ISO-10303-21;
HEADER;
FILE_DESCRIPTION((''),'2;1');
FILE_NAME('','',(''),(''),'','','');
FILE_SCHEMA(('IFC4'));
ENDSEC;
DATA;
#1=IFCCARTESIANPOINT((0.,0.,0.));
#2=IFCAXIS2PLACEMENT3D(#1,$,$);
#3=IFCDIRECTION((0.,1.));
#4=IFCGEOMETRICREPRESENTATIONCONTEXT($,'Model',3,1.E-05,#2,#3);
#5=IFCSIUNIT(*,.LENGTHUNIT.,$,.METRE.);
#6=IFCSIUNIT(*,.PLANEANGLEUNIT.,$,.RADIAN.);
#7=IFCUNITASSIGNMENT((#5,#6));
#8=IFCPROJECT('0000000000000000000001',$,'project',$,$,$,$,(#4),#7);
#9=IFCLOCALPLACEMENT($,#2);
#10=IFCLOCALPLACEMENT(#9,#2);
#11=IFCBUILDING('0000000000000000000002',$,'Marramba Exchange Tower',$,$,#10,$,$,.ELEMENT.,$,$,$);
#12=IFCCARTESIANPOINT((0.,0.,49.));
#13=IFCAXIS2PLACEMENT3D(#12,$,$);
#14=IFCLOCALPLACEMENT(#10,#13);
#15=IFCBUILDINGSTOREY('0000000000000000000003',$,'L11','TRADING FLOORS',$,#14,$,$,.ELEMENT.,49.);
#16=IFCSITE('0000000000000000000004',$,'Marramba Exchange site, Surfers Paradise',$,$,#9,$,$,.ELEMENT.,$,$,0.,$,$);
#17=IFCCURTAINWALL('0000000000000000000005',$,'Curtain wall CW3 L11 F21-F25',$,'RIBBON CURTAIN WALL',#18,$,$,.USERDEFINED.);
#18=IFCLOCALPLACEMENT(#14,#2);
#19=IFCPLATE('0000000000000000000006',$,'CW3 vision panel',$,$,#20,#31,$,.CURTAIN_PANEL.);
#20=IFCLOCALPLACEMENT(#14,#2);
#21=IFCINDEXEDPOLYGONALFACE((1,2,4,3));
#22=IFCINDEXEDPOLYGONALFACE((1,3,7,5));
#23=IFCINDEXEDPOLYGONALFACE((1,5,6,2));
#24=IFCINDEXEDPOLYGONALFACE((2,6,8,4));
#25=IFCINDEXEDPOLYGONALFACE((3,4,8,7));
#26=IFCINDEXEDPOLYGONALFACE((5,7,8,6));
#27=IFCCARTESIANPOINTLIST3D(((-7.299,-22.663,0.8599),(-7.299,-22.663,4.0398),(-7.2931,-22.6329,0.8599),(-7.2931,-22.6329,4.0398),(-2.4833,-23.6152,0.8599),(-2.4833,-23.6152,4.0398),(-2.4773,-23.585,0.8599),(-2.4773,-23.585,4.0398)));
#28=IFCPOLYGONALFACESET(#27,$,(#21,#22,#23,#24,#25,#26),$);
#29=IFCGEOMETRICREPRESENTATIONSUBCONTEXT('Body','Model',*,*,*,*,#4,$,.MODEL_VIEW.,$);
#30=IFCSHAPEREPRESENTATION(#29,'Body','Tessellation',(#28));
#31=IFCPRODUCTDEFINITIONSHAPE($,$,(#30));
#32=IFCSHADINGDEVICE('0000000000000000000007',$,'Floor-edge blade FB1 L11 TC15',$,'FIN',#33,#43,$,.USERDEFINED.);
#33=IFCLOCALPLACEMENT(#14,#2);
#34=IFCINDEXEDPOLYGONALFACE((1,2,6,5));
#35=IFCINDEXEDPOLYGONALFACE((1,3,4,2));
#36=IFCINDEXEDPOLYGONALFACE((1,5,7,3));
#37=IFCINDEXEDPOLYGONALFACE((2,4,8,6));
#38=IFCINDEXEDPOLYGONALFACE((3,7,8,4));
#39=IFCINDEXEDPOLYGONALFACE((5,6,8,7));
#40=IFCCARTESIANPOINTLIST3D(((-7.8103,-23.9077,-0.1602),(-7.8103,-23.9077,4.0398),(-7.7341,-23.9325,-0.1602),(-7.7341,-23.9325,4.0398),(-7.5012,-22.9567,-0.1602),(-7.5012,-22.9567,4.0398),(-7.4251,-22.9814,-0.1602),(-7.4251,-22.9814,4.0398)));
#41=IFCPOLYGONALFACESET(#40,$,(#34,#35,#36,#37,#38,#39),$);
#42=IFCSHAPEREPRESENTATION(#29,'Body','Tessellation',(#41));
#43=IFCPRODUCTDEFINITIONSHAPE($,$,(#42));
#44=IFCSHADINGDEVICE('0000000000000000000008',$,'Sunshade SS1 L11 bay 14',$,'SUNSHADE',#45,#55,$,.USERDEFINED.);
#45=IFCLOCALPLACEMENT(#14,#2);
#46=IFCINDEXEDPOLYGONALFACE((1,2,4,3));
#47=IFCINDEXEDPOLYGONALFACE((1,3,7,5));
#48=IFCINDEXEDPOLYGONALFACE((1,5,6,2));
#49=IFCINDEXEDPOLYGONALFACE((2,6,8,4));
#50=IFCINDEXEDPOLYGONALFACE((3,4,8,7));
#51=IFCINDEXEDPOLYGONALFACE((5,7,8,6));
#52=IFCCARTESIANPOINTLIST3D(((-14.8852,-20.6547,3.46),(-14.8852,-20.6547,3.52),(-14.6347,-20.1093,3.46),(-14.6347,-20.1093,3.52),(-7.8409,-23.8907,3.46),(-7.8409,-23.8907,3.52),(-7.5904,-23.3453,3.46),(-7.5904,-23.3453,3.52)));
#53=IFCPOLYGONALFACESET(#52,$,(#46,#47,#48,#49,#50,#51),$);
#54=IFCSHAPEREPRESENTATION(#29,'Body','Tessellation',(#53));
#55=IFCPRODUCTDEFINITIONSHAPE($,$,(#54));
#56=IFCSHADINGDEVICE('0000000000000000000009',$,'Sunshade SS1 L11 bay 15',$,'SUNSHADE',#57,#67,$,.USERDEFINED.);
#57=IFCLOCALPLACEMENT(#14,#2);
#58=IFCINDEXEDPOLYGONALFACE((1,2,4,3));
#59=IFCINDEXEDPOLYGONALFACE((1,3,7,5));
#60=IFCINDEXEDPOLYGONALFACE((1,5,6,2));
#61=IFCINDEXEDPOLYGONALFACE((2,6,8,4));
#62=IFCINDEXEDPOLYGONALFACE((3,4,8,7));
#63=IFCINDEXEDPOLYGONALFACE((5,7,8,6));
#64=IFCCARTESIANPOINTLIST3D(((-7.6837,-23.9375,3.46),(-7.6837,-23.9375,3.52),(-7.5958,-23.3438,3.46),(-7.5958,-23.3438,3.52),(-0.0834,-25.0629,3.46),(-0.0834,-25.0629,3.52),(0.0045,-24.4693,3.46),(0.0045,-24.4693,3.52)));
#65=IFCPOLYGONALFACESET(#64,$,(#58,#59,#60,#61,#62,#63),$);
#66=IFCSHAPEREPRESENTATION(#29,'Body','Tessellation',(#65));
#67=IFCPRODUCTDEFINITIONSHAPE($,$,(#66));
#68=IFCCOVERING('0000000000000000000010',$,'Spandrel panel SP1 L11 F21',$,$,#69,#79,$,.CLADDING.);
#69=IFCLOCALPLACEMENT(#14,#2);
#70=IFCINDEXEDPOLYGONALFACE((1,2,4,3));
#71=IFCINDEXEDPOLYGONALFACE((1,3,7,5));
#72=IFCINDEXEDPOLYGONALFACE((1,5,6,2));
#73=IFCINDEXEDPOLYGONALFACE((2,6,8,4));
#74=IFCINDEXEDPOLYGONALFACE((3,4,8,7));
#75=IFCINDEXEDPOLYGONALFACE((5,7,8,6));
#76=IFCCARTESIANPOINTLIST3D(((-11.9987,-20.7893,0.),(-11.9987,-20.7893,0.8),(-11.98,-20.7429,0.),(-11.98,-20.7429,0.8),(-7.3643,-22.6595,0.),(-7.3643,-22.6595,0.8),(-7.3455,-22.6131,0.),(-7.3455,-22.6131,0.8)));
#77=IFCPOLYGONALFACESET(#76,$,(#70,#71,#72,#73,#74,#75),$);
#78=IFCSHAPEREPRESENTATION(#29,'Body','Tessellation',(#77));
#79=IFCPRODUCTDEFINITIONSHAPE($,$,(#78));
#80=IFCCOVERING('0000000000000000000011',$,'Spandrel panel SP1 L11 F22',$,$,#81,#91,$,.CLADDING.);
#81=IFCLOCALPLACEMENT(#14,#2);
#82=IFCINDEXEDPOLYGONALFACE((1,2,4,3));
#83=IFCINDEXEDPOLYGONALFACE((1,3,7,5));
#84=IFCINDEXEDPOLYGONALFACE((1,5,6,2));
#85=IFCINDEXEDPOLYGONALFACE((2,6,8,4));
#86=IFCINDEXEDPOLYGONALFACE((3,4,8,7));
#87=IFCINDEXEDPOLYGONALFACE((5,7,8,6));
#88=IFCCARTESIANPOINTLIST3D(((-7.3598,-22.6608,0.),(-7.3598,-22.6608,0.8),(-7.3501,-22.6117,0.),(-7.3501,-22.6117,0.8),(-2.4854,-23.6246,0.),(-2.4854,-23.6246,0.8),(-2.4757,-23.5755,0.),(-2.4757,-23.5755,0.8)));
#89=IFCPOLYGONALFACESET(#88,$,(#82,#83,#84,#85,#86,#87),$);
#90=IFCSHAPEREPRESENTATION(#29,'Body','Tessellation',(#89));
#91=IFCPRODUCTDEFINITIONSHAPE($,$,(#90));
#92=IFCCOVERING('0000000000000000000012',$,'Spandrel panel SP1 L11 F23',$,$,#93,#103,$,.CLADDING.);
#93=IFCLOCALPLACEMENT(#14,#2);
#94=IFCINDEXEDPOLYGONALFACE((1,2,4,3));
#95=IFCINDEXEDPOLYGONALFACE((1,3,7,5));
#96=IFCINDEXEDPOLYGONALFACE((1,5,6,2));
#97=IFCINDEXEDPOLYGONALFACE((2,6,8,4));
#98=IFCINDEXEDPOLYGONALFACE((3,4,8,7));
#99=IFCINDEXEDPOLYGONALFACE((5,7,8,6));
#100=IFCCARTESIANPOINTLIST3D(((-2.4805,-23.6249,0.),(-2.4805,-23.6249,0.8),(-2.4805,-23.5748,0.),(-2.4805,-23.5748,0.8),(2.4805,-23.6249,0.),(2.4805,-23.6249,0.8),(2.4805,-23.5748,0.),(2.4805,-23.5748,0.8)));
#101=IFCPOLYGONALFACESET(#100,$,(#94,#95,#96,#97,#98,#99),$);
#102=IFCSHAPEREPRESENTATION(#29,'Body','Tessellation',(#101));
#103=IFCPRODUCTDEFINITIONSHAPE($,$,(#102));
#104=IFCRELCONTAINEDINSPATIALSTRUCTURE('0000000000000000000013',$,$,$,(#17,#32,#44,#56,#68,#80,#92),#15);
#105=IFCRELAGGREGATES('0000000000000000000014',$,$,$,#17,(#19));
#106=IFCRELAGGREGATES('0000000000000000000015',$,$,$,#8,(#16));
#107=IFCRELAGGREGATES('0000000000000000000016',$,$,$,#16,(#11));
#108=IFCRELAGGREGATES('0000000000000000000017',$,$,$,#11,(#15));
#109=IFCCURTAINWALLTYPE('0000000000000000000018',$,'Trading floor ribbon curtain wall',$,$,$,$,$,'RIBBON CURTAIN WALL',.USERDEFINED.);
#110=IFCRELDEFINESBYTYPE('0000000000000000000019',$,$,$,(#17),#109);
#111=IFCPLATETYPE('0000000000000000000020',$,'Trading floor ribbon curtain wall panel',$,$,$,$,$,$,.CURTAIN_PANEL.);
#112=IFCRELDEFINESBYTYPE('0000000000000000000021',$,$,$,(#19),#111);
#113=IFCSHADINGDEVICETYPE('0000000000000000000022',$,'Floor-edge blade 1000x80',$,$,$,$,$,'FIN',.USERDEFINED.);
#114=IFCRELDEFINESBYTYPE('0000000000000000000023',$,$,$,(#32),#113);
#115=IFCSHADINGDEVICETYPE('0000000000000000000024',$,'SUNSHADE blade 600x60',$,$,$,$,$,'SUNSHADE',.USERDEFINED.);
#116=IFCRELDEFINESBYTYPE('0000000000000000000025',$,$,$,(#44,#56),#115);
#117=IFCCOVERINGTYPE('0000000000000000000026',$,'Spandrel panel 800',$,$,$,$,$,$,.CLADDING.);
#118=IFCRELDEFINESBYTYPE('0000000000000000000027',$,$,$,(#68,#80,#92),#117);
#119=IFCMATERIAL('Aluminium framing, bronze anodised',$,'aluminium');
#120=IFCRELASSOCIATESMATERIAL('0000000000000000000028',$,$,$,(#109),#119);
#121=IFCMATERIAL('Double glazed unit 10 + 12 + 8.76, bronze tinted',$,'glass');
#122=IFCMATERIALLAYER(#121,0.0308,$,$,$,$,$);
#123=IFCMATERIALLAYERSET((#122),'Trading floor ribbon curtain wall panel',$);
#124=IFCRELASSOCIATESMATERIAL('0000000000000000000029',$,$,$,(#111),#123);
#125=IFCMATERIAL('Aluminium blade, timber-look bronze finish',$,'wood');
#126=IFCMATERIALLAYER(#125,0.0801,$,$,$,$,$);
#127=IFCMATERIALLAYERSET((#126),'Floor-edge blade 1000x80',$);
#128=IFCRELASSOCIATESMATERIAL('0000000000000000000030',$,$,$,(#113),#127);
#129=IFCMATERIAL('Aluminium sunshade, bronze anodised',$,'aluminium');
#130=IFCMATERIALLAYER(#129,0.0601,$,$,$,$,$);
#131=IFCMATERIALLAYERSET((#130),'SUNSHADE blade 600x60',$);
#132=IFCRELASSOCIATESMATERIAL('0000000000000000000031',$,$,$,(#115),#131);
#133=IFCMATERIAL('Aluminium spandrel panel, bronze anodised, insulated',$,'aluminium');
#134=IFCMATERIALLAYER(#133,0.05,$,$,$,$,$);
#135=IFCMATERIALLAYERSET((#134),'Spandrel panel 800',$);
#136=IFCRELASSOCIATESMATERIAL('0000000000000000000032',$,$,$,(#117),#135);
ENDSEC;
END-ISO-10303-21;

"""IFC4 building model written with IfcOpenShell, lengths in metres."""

from ifc_helpers import new_model, si_unit, direction, frame, origin, origin_2d, place, context, subcontext, project, spatial, rectangle, extrude, material, layer, layer_set, type_object, element, aggregate, save


model = new_model("IFC4")

# Units and contexts
model_context = context("Model", 3, precision=1e-05, world=origin(), true_north=direction((0.0, 1.0)))
body_context = subcontext(model_context, "Body", "Model", "MODEL_VIEW")
ifc_project = project(units=[si_unit("LENGTHUNIT", "METRE"), si_unit("PLANEANGLEUNIT", "RADIAN")], contexts=[model_context])

# Site, building, storey
site_placement = place(None, origin())
site = spatial("IfcSite", under=ifc_project, at=site_placement, Name="Marramba Exchange site, Surfers Paradise", CompositionType="ELEMENT", RefElevation=0.0)
building_placement = place(site_placement, origin())
building = spatial("IfcBuilding", under=site, at=building_placement, Name="Marramba Exchange Tower", CompositionType="ELEMENT")
storey_placement = place(building_placement, frame((0.0, 0.0, 49.0)))
storey = spatial("IfcBuildingStorey", under=building, at=storey_placement, Name="L11", Description="TRADING FLOORS", CompositionType="ELEMENT", Elevation=49.0)

# Curtain wall, plate
ifc_material_1 = material(Name="Aluminium framing, bronze anodised", Category="aluminium")
curtain_wall_type = type_object("IfcCurtainWallType", Name="Trading floor ribbon curtain wall", ElementType="RIBBON CURTAIN WALL", PredefinedType="USERDEFINED", material=ifc_material_1)
curtain_wall_placement = place(storey_placement, origin())
curtain_wall = element("IfcCurtainWall", 1, at=curtain_wall_placement, inside=storey, type_object=curtain_wall_type, Name="Curtain wall CW3 L11 F21-F25", ObjectType="RIBBON CURTAIN WALL", PredefinedType="USERDEFINED")
ifc_material_2 = material(Name="Double glazed unit 10 + 12 + 8.76, bronze tinted", Category="glass")
ifc_layer_1 = layer(ifc_material_2, 0.0308)
ifc_layer_set_1 = layer_set([ifc_layer_1], Name="Trading floor ribbon curtain wall panel")
plate_type = type_object("IfcPlateType", Name="Trading floor ribbon curtain wall panel", PredefinedType="CURTAIN_PANEL", material=ifc_layer_set_1)
plate_1_placement = place(storey_placement, frame((-4.8882, -23.124, 0.8599), z_axis=(0.0, 0.0, 1.0), x_axis=(0.981009, -0.193961, 0.0)))
plate_1 = element("IfcPlate", 2, at=plate_1_placement, type_object=plate_type, Name="CW3 vision panel", PredefinedType="CURTAIN_PANEL", context=body_context, shape_type="SweptSolid", body=[
    extrude(rectangle(XDim=4.9089, YDim=0.0308, at=origin_2d()), origin(), (0.0, 0.0, 1.0), 3.1799),
])
aggregate(curtain_wall, [plate_1])

# Shading devices
ifc_material_3 = material(Name="Aluminium blade, timber-look bronze finish", Category="wood")
ifc_layer_2 = layer(ifc_material_3, 0.0801)
ifc_layer_set_2 = layer_set([ifc_layer_2], Name="Floor-edge blade 1000x80")
shading_device_type_1 = type_object("IfcShadingDeviceType", Name="Floor-edge blade 1000x80", ElementType="FIN", PredefinedType="USERDEFINED", material=ifc_layer_set_2)
shading_device_1_placement = place(storey_placement, frame((-7.6177, -23.4446, -0.1602), z_axis=(0.0, 0.0, 1.0), x_axis=(-0.309017, -0.951057, 0.0)))
element("IfcShadingDevice", 3, at=shading_device_1_placement, inside=storey, type_object=shading_device_type_1, Name="Floor-edge blade FB1 L11 TC15", ObjectType="FIN", PredefinedType="USERDEFINED", context=body_context, shape_type="SweptSolid", body=[
    extrude(rectangle(XDim=1.0, YDim=0.0801, at=origin_2d()), origin(), (0.0, 0.0, 1.0), 4.2),
])
ifc_material_4 = material(Name="Aluminium sunshade, bronze anodised", Category="aluminium")
ifc_layer_3 = layer(ifc_material_4, 0.0601)
ifc_layer_set_3 = layer_set([ifc_layer_3], Name="SUNSHADE blade 600x60")
shading_device_type_2 = type_object("IfcShadingDeviceType", Name="SUNSHADE blade 600x60", ElementType="SUNSHADE", PredefinedType="USERDEFINED", material=ifc_layer_set_3)
shading_device_2_placement = place(storey_placement, frame((-11.2378, -22.0, 3.46), z_axis=(0.0, 0.0, 1.0), x_axis=(0.908704, -0.417442, 0.0)))
element("IfcShadingDevice", 4, at=shading_device_2_placement, inside=storey, type_object=shading_device_type_2, Name="Sunshade SS1 L11 bay 14", ObjectType="SUNSHADE", PredefinedType="USERDEFINED", context=body_context, shape_type="SweptSolid", body=[
    extrude(rectangle(XDim=7.752, YDim=0.6001, at=origin_2d()), origin(), (0.0, 0.0, 1.0), 0.0601),
])
shading_device_3_placement = place(storey_placement, frame((-3.8396, -24.2034, 3.46), z_axis=(0.0, 0.0, 1.0), x_axis=(0.989213, -0.146485, 0.0)))
element("IfcShadingDevice", 5, at=shading_device_3_placement, inside=storey, type_object=shading_device_type_2, Name="Sunshade SS1 L11 bay 15", ObjectType="SUNSHADE", PredefinedType="USERDEFINED", context=body_context, shape_type="SweptSolid", body=[
    extrude(rectangle(XDim=7.6831, YDim=0.6001, at=origin_2d()), origin(), (0.0, 0.0, 1.0), 0.0601),
])

# Coverings
ifc_material_5 = material(Name="Aluminium spandrel panel, bronze anodised, insulated", Category="aluminium")
ifc_layer_4 = layer(ifc_material_5, 0.05)
ifc_layer_set_4 = layer_set([ifc_layer_4], Name="Spandrel panel 800")
covering_type = type_object("IfcCoveringType", Name="Spandrel panel 800", PredefinedType="CLADDING", material=ifc_layer_set_4)
covering_1_placement = place(storey_placement, frame((-9.6721, -21.7012, 0.0), z_axis=(0.0, 0.0, 1.0), x_axis=(0.927341, -0.374218, 0.0)))
element("IfcCovering", 6, at=covering_1_placement, inside=storey, type_object=covering_type, Name="Spandrel panel SP1 L11 F21", PredefinedType="CLADDING", context=body_context, shape_type="SweptSolid", body=[
    extrude(rectangle(XDim=4.9976, YDim=0.05, at=origin_2d()), origin(), (0.0, 0.0, 1.0), 0.8),
])
covering_2_placement = place(storey_placement, frame((-4.9177, -23.1182, 0.0), z_axis=(0.0, 0.0, 1.0), x_axis=(0.981009, -0.193961, 0.0)))
element("IfcCovering", 7, at=covering_2_placement, inside=storey, type_object=covering_type, Name="Spandrel panel SP1 L11 F22", PredefinedType="CLADDING", context=body_context, shape_type="SweptSolid", body=[
    extrude(rectangle(XDim=4.9688, YDim=0.05, at=origin_2d()), origin(), (0.0, 0.0, 1.0), 0.8),
])
covering_3_placement = place(storey_placement, frame((0.0, -23.5999, 0.0), z_axis=(0.0, 0.0, 1.0), x_axis=(1.0, 0.0, 0.0)))
element("IfcCovering", 8, at=covering_3_placement, inside=storey, type_object=covering_type, Name="Spandrel panel SP1 L11 F23", PredefinedType="CLADDING", context=body_context, shape_type="SweptSolid", body=[
    extrude(rectangle(XDim=4.9609, YDim=0.05, at=origin_2d()), origin(), (0.0, 0.0, 1.0), 0.8),
])

save(model, "model.ifc")
